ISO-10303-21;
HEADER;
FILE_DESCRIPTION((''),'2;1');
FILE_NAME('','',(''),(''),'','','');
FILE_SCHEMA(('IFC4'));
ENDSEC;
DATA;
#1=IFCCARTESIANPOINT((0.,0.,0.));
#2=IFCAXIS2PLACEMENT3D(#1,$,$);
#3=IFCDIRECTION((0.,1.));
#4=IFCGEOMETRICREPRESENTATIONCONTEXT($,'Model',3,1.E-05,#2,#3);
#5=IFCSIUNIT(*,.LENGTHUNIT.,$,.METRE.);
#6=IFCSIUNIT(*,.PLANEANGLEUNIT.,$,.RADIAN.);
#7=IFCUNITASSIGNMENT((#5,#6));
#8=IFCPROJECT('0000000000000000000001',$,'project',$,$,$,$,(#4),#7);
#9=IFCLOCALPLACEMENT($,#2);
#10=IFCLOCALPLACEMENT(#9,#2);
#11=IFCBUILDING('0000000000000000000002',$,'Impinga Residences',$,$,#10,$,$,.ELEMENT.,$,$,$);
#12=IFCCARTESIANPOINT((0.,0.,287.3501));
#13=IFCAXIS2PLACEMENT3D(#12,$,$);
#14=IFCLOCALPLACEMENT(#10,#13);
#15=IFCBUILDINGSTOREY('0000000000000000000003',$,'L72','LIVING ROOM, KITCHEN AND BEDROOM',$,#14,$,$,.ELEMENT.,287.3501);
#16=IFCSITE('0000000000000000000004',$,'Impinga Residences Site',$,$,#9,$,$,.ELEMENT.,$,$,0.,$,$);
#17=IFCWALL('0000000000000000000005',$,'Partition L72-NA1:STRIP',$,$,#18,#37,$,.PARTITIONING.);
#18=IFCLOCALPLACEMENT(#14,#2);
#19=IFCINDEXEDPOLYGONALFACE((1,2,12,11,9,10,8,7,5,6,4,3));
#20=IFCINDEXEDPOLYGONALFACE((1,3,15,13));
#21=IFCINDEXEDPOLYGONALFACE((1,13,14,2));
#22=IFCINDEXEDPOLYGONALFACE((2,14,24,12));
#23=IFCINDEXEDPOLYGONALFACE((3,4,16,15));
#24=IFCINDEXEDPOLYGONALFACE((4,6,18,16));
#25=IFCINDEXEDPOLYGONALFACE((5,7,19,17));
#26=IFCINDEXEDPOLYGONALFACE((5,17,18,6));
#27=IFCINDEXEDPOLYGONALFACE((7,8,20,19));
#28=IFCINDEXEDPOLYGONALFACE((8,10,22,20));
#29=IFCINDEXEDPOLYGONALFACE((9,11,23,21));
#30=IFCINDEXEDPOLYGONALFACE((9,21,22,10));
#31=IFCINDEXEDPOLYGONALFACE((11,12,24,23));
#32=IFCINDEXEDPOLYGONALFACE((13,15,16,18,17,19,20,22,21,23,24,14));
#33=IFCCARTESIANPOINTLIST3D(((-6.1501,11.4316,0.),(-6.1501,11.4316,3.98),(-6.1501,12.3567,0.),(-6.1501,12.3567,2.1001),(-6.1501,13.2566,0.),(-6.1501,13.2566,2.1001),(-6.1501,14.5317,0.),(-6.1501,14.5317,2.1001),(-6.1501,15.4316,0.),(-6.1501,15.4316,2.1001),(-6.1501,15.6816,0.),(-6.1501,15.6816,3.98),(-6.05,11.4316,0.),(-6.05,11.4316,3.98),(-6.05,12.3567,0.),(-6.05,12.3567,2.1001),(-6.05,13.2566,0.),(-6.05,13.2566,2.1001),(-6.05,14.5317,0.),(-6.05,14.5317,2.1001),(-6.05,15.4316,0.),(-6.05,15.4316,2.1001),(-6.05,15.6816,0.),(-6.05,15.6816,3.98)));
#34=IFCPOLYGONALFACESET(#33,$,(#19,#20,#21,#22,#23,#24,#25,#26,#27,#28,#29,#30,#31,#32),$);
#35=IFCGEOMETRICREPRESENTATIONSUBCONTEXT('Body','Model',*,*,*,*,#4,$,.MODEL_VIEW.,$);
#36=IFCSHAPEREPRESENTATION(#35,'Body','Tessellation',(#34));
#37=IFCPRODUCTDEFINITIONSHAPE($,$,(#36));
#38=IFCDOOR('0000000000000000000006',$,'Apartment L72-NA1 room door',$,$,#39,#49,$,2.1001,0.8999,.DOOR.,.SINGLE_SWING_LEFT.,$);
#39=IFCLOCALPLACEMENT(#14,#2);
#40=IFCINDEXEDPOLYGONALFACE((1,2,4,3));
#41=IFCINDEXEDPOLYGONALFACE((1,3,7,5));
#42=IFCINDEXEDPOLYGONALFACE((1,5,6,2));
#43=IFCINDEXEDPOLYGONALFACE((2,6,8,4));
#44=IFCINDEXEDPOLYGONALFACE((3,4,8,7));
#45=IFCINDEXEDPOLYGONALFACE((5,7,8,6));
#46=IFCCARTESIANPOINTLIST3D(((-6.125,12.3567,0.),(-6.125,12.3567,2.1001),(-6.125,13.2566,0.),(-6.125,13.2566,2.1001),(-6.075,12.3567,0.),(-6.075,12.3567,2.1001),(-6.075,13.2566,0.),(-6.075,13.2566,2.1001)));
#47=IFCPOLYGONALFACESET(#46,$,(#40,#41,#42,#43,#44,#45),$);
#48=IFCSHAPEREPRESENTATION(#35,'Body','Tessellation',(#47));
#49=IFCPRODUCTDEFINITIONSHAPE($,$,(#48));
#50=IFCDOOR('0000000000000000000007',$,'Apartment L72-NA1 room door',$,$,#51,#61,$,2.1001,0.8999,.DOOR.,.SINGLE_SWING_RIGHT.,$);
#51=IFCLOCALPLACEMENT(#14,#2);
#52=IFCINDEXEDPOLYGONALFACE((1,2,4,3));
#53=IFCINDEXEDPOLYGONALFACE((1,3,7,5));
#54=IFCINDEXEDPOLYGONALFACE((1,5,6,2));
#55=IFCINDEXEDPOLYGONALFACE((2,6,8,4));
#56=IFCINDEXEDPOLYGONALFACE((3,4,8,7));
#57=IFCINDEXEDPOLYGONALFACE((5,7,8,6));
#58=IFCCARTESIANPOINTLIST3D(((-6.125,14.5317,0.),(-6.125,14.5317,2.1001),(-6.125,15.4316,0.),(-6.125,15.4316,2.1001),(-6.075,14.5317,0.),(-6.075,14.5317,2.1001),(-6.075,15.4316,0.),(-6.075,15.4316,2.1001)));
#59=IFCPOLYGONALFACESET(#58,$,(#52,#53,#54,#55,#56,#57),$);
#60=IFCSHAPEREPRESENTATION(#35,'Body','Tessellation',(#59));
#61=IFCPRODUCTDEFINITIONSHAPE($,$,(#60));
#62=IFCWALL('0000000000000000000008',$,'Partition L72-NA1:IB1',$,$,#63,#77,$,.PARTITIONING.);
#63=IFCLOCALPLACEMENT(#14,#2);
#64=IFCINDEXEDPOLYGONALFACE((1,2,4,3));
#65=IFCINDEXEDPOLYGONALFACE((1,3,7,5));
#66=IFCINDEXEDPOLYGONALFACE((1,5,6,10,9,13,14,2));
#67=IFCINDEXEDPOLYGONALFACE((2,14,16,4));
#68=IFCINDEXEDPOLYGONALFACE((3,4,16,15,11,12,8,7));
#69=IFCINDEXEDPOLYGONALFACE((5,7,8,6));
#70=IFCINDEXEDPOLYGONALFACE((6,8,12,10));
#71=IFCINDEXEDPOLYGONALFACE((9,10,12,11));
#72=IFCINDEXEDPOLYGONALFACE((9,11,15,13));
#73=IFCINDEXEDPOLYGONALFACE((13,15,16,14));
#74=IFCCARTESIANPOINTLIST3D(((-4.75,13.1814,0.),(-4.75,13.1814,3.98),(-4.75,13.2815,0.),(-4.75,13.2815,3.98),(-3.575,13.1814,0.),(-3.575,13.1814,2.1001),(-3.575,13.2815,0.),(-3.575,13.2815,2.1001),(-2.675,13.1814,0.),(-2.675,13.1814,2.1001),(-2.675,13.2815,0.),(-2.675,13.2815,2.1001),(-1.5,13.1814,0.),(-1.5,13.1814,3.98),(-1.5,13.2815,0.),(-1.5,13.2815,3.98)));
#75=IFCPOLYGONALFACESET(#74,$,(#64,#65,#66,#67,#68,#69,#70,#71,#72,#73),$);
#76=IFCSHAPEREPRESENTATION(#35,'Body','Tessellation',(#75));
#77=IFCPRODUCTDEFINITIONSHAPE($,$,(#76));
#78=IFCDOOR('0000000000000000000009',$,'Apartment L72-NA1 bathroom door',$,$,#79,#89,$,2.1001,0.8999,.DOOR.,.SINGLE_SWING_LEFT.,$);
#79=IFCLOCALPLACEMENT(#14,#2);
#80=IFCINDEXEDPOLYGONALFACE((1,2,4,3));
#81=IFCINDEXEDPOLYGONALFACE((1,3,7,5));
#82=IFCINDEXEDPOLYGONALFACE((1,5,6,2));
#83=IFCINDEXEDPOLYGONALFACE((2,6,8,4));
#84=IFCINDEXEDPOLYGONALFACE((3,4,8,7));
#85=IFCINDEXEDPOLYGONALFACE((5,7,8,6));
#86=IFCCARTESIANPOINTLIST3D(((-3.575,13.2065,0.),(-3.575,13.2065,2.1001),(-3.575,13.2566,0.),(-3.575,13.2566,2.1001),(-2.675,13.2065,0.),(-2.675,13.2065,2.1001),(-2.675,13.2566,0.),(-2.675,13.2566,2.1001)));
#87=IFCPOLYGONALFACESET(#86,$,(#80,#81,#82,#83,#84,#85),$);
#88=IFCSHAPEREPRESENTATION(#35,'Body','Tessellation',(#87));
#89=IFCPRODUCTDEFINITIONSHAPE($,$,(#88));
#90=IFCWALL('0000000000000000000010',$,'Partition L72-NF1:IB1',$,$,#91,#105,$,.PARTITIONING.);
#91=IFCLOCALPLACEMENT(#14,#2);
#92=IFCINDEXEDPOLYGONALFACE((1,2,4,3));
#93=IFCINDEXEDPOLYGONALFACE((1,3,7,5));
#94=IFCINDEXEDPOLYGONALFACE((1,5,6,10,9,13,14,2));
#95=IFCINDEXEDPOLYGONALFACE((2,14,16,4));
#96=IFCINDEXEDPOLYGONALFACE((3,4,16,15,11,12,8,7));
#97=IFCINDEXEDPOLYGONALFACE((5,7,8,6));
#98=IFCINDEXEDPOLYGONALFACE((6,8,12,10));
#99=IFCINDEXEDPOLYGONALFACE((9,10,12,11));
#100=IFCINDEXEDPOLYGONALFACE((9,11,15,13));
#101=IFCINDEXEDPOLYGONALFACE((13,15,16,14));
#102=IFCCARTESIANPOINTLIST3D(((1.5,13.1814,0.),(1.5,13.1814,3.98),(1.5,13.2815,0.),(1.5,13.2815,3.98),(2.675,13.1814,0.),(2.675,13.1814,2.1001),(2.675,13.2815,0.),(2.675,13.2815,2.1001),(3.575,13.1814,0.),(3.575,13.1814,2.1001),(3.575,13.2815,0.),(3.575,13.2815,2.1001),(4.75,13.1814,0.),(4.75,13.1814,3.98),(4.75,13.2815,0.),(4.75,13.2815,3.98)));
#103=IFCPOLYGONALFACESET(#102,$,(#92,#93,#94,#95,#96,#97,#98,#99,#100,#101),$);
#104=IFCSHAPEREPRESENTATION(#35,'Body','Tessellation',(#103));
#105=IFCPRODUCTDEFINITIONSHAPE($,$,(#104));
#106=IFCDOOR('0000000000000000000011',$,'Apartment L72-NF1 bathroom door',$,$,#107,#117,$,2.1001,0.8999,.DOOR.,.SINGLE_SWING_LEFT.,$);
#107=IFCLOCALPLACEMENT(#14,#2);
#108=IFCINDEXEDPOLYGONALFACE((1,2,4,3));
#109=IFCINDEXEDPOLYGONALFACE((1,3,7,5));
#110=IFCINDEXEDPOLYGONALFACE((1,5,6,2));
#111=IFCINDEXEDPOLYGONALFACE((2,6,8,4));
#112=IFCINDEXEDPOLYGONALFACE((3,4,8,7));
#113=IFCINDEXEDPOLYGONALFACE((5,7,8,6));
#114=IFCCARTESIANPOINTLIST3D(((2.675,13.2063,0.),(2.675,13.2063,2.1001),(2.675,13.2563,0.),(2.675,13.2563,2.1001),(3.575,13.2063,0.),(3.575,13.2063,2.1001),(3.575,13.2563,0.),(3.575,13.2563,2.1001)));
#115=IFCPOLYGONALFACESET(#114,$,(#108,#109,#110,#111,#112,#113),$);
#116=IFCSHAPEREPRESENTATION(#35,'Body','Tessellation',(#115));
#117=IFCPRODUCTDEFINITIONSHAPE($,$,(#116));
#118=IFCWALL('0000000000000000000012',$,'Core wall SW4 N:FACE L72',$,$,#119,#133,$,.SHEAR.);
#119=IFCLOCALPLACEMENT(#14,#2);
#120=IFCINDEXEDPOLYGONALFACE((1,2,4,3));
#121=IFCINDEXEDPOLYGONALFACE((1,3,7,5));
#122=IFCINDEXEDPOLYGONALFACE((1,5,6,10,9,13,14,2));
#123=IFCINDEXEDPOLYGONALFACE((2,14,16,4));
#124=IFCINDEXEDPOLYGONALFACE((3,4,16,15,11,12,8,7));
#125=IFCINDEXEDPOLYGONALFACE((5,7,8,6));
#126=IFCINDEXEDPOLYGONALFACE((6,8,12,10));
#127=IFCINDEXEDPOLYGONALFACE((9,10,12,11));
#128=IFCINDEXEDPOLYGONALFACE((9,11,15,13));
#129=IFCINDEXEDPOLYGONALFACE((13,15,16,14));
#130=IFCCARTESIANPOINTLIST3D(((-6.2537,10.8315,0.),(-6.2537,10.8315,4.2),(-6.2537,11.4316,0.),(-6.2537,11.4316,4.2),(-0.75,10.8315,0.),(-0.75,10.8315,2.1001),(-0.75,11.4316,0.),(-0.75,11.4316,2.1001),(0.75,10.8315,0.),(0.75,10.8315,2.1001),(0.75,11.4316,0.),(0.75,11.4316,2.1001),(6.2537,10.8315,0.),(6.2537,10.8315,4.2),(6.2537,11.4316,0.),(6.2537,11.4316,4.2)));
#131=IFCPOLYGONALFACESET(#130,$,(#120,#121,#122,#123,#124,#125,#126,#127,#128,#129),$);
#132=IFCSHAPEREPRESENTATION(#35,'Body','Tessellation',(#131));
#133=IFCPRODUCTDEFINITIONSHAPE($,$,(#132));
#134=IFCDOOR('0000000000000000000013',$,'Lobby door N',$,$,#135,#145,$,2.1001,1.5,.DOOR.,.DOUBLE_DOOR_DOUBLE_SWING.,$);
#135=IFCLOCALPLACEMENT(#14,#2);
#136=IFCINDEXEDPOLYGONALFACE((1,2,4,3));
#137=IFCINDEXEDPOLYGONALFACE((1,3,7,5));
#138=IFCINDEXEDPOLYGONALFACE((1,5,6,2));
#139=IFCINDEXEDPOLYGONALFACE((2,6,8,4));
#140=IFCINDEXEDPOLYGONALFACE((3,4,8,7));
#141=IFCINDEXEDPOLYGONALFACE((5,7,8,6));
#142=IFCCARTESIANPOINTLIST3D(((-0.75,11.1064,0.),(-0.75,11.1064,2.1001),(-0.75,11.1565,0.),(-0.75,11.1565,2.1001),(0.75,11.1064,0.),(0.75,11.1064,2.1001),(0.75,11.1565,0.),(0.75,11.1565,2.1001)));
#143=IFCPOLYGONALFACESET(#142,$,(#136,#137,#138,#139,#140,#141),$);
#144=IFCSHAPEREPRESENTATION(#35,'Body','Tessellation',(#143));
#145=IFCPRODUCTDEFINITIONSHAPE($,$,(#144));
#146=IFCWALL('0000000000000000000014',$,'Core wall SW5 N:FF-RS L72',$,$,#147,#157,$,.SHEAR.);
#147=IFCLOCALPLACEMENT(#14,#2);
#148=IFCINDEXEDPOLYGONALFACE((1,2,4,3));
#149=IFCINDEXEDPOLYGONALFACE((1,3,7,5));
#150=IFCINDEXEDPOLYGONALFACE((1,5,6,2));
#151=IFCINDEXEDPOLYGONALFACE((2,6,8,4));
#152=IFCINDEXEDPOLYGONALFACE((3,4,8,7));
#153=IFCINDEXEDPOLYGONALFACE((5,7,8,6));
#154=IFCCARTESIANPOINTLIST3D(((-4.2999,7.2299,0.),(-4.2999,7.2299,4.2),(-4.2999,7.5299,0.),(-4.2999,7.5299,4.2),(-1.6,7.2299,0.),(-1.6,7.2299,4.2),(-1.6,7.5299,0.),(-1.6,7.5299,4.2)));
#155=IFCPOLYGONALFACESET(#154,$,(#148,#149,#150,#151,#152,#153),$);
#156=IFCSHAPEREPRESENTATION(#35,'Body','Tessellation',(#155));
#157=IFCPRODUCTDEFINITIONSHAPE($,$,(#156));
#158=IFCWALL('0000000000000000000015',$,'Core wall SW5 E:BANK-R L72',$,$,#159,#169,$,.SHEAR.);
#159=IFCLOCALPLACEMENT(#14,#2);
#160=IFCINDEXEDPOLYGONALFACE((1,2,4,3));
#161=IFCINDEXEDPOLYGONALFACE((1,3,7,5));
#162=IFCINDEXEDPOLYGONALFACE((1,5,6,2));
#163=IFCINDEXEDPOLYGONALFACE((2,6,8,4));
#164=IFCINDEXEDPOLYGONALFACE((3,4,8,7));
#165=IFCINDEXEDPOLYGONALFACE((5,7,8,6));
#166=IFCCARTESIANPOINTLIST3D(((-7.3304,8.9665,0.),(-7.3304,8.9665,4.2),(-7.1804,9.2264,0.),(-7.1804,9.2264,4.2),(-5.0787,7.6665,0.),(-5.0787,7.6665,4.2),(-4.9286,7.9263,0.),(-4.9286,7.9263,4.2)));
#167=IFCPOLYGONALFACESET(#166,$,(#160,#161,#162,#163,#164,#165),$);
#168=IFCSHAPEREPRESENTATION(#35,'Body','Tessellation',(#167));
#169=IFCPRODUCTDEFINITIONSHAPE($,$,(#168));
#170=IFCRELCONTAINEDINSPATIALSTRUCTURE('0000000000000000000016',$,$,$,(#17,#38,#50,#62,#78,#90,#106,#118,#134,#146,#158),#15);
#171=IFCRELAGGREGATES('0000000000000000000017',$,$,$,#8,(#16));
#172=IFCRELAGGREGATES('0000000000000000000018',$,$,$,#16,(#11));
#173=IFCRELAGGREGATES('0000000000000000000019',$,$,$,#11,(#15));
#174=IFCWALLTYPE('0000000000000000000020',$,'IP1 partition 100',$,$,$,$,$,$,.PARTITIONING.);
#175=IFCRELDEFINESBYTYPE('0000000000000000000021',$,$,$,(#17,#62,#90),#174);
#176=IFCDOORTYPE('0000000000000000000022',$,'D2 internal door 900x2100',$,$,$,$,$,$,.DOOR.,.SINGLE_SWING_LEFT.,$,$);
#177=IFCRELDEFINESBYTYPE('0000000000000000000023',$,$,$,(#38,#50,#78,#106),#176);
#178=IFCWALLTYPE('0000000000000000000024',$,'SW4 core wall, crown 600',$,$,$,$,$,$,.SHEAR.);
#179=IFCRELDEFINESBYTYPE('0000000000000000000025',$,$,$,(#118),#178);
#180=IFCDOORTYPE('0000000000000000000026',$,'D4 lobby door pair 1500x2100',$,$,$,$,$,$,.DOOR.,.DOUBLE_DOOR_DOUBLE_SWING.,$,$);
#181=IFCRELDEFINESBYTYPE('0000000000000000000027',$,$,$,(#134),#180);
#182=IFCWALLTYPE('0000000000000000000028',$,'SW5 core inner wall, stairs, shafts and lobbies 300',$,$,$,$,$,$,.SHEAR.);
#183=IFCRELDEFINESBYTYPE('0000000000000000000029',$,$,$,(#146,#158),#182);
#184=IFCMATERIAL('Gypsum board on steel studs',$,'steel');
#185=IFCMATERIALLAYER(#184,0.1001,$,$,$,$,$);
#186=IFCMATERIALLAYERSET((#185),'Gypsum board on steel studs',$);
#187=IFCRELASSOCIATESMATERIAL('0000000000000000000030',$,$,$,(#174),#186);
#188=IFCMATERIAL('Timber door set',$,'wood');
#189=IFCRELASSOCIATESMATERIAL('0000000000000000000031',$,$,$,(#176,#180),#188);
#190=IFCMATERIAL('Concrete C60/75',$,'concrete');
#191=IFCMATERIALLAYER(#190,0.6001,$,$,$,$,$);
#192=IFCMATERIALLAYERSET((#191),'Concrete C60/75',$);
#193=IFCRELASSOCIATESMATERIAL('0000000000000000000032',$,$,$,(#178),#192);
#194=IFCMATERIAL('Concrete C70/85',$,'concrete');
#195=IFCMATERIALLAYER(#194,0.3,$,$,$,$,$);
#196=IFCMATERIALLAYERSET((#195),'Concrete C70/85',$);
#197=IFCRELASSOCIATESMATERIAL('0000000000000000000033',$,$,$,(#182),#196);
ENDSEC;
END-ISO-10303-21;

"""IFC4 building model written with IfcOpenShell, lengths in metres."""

from ifc_helpers import new_model, si_unit, direction, frame, frame_2d, origin, place, context, subcontext, project, spatial, rectangle, extrude, material, layer, layer_set, type_object, element, fill, save


model = new_model("IFC4")

# Units and contexts
model_context = context("Model", 3, precision=1e-05, world=origin(), true_north=direction((0.0, 1.0)))
body_context = subcontext(model_context, "Body", "Model", "MODEL_VIEW")
ifc_project = project(units=[si_unit("LENGTHUNIT", "METRE"), si_unit("PLANEANGLEUNIT", "RADIAN")], contexts=[model_context])

# Site, building, storey
site_placement = place(None, origin())
site = spatial("IfcSite", under=ifc_project, at=site_placement, Name="Impinga Residences Site", CompositionType="ELEMENT", RefElevation=0.0)
building_placement = place(site_placement, origin())
building = spatial("IfcBuilding", under=site, at=building_placement, Name="Impinga Residences", CompositionType="ELEMENT")
storey_placement = place(building_placement, frame((0.0, 0.0, 287.3501)))
storey = spatial("IfcBuildingStorey", under=building, at=storey_placement, Name="L72", Description="LIVING ROOM, KITCHEN AND BEDROOM", CompositionType="ELEMENT", Elevation=287.3501)

# Shared definitions
ifc_material_1 = material(Name="Concrete C60/75", Category="concrete")
ifc_material_2 = material(Name="Timber door set", Category="wood")

# Shared definitions
ifc_material_3 = material(Name="Gypsum board on steel studs", Category="steel")
ifc_layer_1 = layer(ifc_material_3, 0.1001)
ifc_layer_set_1 = layer_set([ifc_layer_1], Name="Gypsum board on steel studs")
wall_type_1 = type_object("IfcWallType", Name="IP1 partition 100", PredefinedType="PARTITIONING", material=ifc_layer_set_1)

# Wall, openings, doors
wall_1_placement = place(storey_placement, frame((-6.1001, 11.4316, 0.0), z_axis=(0.0, 0.0, 1.0), x_axis=(0.0, 1.0, 0.0)))
wall_1 = element("IfcWall", 1, at=wall_1_placement, inside=storey, type_object=wall_type_1, Name="Partition L72-NA1:STRIP", PredefinedType="PARTITIONING", context=body_context, shape_type="SweptSolid", body=[
    extrude(rectangle(XDim=4.25, YDim=0.1001, at=frame_2d((2.125, 0.0))), origin(), (0.0, 0.0, 1.0), 3.98),
])
opening_1_placement = place(wall_1_placement, frame((0.925, 0.0, 0.0)))
opening_1 = element("IfcOpeningElement", 2, at=opening_1_placement, cuts=wall_1, PredefinedType="OPENING", context=body_context, shape_type="SweptSolid", body=[
    extrude(rectangle(XDim=0.8999, YDim=2.1001, at=frame_2d((0.45, 1.05))), frame((0.0, 0.0601, 0.0), z_axis=(0.0, -1.0, 0.0), x_axis=(1.0, 0.0, 0.0)), (0.0, 0.0, 1.0), 0.1201),
])
opening_2_placement = place(wall_1_placement, frame((3.1001, 0.0, 0.0)))
opening_2 = element("IfcOpeningElement", 3, at=opening_2_placement, cuts=wall_1, PredefinedType="OPENING", context=body_context, shape_type="SweptSolid", body=[
    extrude(rectangle(XDim=0.8999, YDim=2.1001, at=frame_2d((0.45, 1.05))), frame((0.0, 0.0601, 0.0), z_axis=(0.0, -1.0, 0.0), x_axis=(1.0, 0.0, 0.0)), (0.0, 0.0, 1.0), 0.1201),
])
door_type_1 = type_object("IfcDoorType", Name="D2 internal door 900x2100", OperationType="SINGLE_SWING_LEFT", PredefinedType="DOOR", material=ifc_material_2)
door_1_placement = place(opening_1_placement, origin())
door_1 = element("IfcDoor", 4, at=door_1_placement, inside=storey, type_object=door_type_1, Name="Apartment L72-NA1 room door", OperationType="SINGLE_SWING_LEFT", OverallHeight=2.1001, OverallWidth=0.8999, PredefinedType="DOOR", context=body_context, shape_type="SweptSolid", body=[
    extrude(rectangle(XDim=0.8999, YDim=2.1001, at=frame_2d((0.45, 1.05))), frame((0.0, 0.0249, 0.0), z_axis=(0.0, -1.0, 0.0), x_axis=(1.0, 0.0, 0.0)), (0.0, 0.0, 1.0), 0.05),
])
fill(opening_1, door_1)
door_2_placement = place(opening_2_placement, origin())
door_2 = element("IfcDoor", 5, at=door_2_placement, inside=storey, type_object=door_type_1, Name="Apartment L72-NA1 room door", OperationType="SINGLE_SWING_RIGHT", OverallHeight=2.1001, OverallWidth=0.8999, PredefinedType="DOOR", context=body_context, shape_type="SweptSolid", body=[
    extrude(rectangle(XDim=0.8999, YDim=2.1001, at=frame_2d((0.45, 1.05))), frame((0.0, 0.0249, 0.0), z_axis=(0.0, -1.0, 0.0), x_axis=(1.0, 0.0, 0.0)), (0.0, 0.0, 1.0), 0.05),
])
fill(opening_2, door_2)

# Walls, openings, doors
wall_2_placement = place(storey_placement, frame((-1.5, 13.2314, 0.0), z_axis=(0.0, 0.0, 1.0), x_axis=(-1.0, 0.0, 0.0)))
wall_2 = element("IfcWall", 6, at=wall_2_placement, inside=storey, type_object=wall_type_1, Name="Partition L72-NA1:IB1", PredefinedType="PARTITIONING", context=body_context, shape_type="SweptSolid", body=[
    extrude(rectangle(XDim=3.25, YDim=0.1001, at=frame_2d((1.625, 0.0))), origin(), (0.0, 0.0, 1.0), 3.98),
])
opening_3_placement = place(wall_2_placement, frame((1.175, 0.0, 0.0)))
opening_3 = element("IfcOpeningElement", 7, at=opening_3_placement, cuts=wall_2, PredefinedType="OPENING", context=body_context, shape_type="SweptSolid", body=[
    extrude(rectangle(XDim=0.8999, YDim=2.1001, at=frame_2d((0.45, 1.05))), frame((0.0, 0.0601, 0.0), z_axis=(0.0, -1.0, 0.0), x_axis=(1.0, 0.0, 0.0)), (0.0, 0.0, 1.0), 0.1201),
])
door_3_placement = place(opening_3_placement, origin())
door_3 = element("IfcDoor", 8, at=door_3_placement, inside=storey, type_object=door_type_1, Name="Apartment L72-NA1 bathroom door", OperationType="SINGLE_SWING_LEFT", OverallHeight=2.1001, OverallWidth=0.8999, PredefinedType="DOOR", context=body_context, shape_type="SweptSolid", body=[
    extrude(rectangle(XDim=0.8999, YDim=2.1001, at=frame_2d((0.45, 1.05))), frame((0.0, 0.0249, 0.0), z_axis=(0.0, -1.0, 0.0), x_axis=(1.0, 0.0, 0.0)), (0.0, 0.0, 1.0), 0.05),
])
fill(opening_3, door_3)
wall_3_placement = place(storey_placement, frame((1.5, 13.2314, 0.0), z_axis=(0.0, 0.0, 1.0), x_axis=(1.0, 0.0, 0.0)))
wall_3 = element("IfcWall", 9, at=wall_3_placement, inside=storey, type_object=wall_type_1, Name="Partition L72-NF1:IB1", PredefinedType="PARTITIONING", context=body_context, shape_type="SweptSolid", body=[
    extrude(rectangle(XDim=3.25, YDim=0.1001, at=frame_2d((1.625, 0.0))), origin(), (0.0, 0.0, 1.0), 3.98),
])
opening_4_placement = place(wall_3_placement, frame((1.175, 0.0, 0.0)))
opening_4 = element("IfcOpeningElement", 10, at=opening_4_placement, cuts=wall_3, PredefinedType="OPENING", context=body_context, shape_type="SweptSolid", body=[
    extrude(rectangle(XDim=0.8999, YDim=2.1001, at=frame_2d((0.45, 1.05))), frame((0.0, 0.0601, 0.0), z_axis=(0.0, -1.0, 0.0), x_axis=(1.0, 0.0, 0.0)), (0.0, 0.0, 1.0), 0.1201),
])
door_4_placement = place(opening_4_placement, origin())
door_4 = element("IfcDoor", 11, at=door_4_placement, inside=storey, type_object=door_type_1, Name="Apartment L72-NF1 bathroom door", OperationType="SINGLE_SWING_LEFT", OverallHeight=2.1001, OverallWidth=0.8999, PredefinedType="DOOR", context=body_context, shape_type="SweptSolid", body=[
    extrude(rectangle(XDim=0.8999, YDim=2.1001, at=frame_2d((0.45, 1.05))), frame((0.0, 0.0249, 0.0), z_axis=(0.0, -1.0, 0.0), x_axis=(1.0, 0.0, 0.0)), (0.0, 0.0, 1.0), 0.05),
])
fill(opening_4, door_4)
ifc_layer_2 = layer(ifc_material_1, 0.6001)
ifc_layer_set_2 = layer_set([ifc_layer_2], Name="Concrete C60/75")
wall_type_2 = type_object("IfcWallType", Name="SW4 core wall, crown 600", PredefinedType="SHEAR", material=ifc_layer_set_2)
wall_4_placement = place(storey_placement, frame((-6.2537, 11.1316, 0.0), z_axis=(0.0, 0.0, 1.0), x_axis=(1.0, 0.0, 0.0)))
wall_4 = element("IfcWall", 12, at=wall_4_placement, inside=storey, type_object=wall_type_2, Name="Core wall SW4 N:FACE L72", PredefinedType="SHEAR", context=body_context, shape_type="SweptSolid", body=[
    extrude(rectangle(XDim=12.5073, YDim=0.6001, at=frame_2d((6.2537, 0.0))), origin(), (0.0, 0.0, 1.0), 4.2),
])
opening_5_placement = place(wall_4_placement, frame((5.5037, 0.0, 0.0)))
opening_5 = element("IfcOpeningElement", 13, at=opening_5_placement, cuts=wall_4, PredefinedType="OPENING", context=body_context, shape_type="SweptSolid", body=[
    extrude(rectangle(XDim=1.5, YDim=2.1001, at=frame_2d((0.75, 1.05))), frame((0.0, 0.3101, 0.0), z_axis=(0.0, -1.0, 0.0), x_axis=(1.0, 0.0, 0.0)), (0.0, 0.0, 1.0), 0.6201),
])
door_type_2 = type_object("IfcDoorType", Name="D4 lobby door pair 1500x2100", OperationType="DOUBLE_DOOR_DOUBLE_SWING", PredefinedType="DOOR", material=ifc_material_2)
door_5_placement = place(opening_5_placement, origin())
door_5 = element("IfcDoor", 14, at=door_5_placement, inside=storey, type_object=door_type_2, Name="Lobby door N", OperationType="DOUBLE_DOOR_DOUBLE_SWING", OverallHeight=2.1001, OverallWidth=1.5, PredefinedType="DOOR", context=body_context, shape_type="SweptSolid", body=[
    extrude(rectangle(XDim=1.5, YDim=2.1001, at=frame_2d((0.75, 1.05))), frame((0.0, 0.0249, 0.0), z_axis=(0.0, -1.0, 0.0), x_axis=(1.0, 0.0, 0.0)), (0.0, 0.0, 1.0), 0.05),
])
fill(opening_5, door_5)

# Walls
ifc_material_4 = material(Name="Concrete C70/85", Category="concrete")
ifc_layer_3 = layer(ifc_material_4, 0.3)
ifc_layer_set_3 = layer_set([ifc_layer_3], Name="Concrete C70/85")
wall_type_3 = type_object("IfcWallType", Name="SW5 core inner wall, stairs, shafts and lobbies 300", PredefinedType="SHEAR", material=ifc_layer_set_3)
wall_5_placement = place(storey_placement, frame((-4.3, 7.3799, 0.0), z_axis=(0.0, 0.0, 1.0), x_axis=(1.0, 0.0, 0.0)))
element("IfcWall", 15, at=wall_5_placement, inside=storey, type_object=wall_type_3, Name="Core wall SW5 N:FF-RS L72", PredefinedType="SHEAR", context=body_context, shape_type="SweptSolid", body=[
    extrude(rectangle(XDim=2.7, YDim=0.3, at=frame_2d((1.3501, 0.0))), origin(), (0.0, 0.0, 1.0), 4.2),
])
wall_6_placement = place(storey_placement, frame((-5.0037, 7.7964, 0.0), z_axis=(0.0, 0.0, 1.0), x_axis=(-0.866021, 0.500007, 0.0)))
element("IfcWall", 16, at=wall_6_placement, inside=storey, type_object=wall_type_3, Name="Core wall SW5 E:BANK-R L72", PredefinedType="SHEAR", context=body_context, shape_type="SweptSolid", body=[
    extrude(rectangle(XDim=2.6001, YDim=0.3, at=frame_2d((1.3, 0.0))), origin(), (0.0, 0.0, 1.0), 4.2),
])

save(model, "model.ifc")
